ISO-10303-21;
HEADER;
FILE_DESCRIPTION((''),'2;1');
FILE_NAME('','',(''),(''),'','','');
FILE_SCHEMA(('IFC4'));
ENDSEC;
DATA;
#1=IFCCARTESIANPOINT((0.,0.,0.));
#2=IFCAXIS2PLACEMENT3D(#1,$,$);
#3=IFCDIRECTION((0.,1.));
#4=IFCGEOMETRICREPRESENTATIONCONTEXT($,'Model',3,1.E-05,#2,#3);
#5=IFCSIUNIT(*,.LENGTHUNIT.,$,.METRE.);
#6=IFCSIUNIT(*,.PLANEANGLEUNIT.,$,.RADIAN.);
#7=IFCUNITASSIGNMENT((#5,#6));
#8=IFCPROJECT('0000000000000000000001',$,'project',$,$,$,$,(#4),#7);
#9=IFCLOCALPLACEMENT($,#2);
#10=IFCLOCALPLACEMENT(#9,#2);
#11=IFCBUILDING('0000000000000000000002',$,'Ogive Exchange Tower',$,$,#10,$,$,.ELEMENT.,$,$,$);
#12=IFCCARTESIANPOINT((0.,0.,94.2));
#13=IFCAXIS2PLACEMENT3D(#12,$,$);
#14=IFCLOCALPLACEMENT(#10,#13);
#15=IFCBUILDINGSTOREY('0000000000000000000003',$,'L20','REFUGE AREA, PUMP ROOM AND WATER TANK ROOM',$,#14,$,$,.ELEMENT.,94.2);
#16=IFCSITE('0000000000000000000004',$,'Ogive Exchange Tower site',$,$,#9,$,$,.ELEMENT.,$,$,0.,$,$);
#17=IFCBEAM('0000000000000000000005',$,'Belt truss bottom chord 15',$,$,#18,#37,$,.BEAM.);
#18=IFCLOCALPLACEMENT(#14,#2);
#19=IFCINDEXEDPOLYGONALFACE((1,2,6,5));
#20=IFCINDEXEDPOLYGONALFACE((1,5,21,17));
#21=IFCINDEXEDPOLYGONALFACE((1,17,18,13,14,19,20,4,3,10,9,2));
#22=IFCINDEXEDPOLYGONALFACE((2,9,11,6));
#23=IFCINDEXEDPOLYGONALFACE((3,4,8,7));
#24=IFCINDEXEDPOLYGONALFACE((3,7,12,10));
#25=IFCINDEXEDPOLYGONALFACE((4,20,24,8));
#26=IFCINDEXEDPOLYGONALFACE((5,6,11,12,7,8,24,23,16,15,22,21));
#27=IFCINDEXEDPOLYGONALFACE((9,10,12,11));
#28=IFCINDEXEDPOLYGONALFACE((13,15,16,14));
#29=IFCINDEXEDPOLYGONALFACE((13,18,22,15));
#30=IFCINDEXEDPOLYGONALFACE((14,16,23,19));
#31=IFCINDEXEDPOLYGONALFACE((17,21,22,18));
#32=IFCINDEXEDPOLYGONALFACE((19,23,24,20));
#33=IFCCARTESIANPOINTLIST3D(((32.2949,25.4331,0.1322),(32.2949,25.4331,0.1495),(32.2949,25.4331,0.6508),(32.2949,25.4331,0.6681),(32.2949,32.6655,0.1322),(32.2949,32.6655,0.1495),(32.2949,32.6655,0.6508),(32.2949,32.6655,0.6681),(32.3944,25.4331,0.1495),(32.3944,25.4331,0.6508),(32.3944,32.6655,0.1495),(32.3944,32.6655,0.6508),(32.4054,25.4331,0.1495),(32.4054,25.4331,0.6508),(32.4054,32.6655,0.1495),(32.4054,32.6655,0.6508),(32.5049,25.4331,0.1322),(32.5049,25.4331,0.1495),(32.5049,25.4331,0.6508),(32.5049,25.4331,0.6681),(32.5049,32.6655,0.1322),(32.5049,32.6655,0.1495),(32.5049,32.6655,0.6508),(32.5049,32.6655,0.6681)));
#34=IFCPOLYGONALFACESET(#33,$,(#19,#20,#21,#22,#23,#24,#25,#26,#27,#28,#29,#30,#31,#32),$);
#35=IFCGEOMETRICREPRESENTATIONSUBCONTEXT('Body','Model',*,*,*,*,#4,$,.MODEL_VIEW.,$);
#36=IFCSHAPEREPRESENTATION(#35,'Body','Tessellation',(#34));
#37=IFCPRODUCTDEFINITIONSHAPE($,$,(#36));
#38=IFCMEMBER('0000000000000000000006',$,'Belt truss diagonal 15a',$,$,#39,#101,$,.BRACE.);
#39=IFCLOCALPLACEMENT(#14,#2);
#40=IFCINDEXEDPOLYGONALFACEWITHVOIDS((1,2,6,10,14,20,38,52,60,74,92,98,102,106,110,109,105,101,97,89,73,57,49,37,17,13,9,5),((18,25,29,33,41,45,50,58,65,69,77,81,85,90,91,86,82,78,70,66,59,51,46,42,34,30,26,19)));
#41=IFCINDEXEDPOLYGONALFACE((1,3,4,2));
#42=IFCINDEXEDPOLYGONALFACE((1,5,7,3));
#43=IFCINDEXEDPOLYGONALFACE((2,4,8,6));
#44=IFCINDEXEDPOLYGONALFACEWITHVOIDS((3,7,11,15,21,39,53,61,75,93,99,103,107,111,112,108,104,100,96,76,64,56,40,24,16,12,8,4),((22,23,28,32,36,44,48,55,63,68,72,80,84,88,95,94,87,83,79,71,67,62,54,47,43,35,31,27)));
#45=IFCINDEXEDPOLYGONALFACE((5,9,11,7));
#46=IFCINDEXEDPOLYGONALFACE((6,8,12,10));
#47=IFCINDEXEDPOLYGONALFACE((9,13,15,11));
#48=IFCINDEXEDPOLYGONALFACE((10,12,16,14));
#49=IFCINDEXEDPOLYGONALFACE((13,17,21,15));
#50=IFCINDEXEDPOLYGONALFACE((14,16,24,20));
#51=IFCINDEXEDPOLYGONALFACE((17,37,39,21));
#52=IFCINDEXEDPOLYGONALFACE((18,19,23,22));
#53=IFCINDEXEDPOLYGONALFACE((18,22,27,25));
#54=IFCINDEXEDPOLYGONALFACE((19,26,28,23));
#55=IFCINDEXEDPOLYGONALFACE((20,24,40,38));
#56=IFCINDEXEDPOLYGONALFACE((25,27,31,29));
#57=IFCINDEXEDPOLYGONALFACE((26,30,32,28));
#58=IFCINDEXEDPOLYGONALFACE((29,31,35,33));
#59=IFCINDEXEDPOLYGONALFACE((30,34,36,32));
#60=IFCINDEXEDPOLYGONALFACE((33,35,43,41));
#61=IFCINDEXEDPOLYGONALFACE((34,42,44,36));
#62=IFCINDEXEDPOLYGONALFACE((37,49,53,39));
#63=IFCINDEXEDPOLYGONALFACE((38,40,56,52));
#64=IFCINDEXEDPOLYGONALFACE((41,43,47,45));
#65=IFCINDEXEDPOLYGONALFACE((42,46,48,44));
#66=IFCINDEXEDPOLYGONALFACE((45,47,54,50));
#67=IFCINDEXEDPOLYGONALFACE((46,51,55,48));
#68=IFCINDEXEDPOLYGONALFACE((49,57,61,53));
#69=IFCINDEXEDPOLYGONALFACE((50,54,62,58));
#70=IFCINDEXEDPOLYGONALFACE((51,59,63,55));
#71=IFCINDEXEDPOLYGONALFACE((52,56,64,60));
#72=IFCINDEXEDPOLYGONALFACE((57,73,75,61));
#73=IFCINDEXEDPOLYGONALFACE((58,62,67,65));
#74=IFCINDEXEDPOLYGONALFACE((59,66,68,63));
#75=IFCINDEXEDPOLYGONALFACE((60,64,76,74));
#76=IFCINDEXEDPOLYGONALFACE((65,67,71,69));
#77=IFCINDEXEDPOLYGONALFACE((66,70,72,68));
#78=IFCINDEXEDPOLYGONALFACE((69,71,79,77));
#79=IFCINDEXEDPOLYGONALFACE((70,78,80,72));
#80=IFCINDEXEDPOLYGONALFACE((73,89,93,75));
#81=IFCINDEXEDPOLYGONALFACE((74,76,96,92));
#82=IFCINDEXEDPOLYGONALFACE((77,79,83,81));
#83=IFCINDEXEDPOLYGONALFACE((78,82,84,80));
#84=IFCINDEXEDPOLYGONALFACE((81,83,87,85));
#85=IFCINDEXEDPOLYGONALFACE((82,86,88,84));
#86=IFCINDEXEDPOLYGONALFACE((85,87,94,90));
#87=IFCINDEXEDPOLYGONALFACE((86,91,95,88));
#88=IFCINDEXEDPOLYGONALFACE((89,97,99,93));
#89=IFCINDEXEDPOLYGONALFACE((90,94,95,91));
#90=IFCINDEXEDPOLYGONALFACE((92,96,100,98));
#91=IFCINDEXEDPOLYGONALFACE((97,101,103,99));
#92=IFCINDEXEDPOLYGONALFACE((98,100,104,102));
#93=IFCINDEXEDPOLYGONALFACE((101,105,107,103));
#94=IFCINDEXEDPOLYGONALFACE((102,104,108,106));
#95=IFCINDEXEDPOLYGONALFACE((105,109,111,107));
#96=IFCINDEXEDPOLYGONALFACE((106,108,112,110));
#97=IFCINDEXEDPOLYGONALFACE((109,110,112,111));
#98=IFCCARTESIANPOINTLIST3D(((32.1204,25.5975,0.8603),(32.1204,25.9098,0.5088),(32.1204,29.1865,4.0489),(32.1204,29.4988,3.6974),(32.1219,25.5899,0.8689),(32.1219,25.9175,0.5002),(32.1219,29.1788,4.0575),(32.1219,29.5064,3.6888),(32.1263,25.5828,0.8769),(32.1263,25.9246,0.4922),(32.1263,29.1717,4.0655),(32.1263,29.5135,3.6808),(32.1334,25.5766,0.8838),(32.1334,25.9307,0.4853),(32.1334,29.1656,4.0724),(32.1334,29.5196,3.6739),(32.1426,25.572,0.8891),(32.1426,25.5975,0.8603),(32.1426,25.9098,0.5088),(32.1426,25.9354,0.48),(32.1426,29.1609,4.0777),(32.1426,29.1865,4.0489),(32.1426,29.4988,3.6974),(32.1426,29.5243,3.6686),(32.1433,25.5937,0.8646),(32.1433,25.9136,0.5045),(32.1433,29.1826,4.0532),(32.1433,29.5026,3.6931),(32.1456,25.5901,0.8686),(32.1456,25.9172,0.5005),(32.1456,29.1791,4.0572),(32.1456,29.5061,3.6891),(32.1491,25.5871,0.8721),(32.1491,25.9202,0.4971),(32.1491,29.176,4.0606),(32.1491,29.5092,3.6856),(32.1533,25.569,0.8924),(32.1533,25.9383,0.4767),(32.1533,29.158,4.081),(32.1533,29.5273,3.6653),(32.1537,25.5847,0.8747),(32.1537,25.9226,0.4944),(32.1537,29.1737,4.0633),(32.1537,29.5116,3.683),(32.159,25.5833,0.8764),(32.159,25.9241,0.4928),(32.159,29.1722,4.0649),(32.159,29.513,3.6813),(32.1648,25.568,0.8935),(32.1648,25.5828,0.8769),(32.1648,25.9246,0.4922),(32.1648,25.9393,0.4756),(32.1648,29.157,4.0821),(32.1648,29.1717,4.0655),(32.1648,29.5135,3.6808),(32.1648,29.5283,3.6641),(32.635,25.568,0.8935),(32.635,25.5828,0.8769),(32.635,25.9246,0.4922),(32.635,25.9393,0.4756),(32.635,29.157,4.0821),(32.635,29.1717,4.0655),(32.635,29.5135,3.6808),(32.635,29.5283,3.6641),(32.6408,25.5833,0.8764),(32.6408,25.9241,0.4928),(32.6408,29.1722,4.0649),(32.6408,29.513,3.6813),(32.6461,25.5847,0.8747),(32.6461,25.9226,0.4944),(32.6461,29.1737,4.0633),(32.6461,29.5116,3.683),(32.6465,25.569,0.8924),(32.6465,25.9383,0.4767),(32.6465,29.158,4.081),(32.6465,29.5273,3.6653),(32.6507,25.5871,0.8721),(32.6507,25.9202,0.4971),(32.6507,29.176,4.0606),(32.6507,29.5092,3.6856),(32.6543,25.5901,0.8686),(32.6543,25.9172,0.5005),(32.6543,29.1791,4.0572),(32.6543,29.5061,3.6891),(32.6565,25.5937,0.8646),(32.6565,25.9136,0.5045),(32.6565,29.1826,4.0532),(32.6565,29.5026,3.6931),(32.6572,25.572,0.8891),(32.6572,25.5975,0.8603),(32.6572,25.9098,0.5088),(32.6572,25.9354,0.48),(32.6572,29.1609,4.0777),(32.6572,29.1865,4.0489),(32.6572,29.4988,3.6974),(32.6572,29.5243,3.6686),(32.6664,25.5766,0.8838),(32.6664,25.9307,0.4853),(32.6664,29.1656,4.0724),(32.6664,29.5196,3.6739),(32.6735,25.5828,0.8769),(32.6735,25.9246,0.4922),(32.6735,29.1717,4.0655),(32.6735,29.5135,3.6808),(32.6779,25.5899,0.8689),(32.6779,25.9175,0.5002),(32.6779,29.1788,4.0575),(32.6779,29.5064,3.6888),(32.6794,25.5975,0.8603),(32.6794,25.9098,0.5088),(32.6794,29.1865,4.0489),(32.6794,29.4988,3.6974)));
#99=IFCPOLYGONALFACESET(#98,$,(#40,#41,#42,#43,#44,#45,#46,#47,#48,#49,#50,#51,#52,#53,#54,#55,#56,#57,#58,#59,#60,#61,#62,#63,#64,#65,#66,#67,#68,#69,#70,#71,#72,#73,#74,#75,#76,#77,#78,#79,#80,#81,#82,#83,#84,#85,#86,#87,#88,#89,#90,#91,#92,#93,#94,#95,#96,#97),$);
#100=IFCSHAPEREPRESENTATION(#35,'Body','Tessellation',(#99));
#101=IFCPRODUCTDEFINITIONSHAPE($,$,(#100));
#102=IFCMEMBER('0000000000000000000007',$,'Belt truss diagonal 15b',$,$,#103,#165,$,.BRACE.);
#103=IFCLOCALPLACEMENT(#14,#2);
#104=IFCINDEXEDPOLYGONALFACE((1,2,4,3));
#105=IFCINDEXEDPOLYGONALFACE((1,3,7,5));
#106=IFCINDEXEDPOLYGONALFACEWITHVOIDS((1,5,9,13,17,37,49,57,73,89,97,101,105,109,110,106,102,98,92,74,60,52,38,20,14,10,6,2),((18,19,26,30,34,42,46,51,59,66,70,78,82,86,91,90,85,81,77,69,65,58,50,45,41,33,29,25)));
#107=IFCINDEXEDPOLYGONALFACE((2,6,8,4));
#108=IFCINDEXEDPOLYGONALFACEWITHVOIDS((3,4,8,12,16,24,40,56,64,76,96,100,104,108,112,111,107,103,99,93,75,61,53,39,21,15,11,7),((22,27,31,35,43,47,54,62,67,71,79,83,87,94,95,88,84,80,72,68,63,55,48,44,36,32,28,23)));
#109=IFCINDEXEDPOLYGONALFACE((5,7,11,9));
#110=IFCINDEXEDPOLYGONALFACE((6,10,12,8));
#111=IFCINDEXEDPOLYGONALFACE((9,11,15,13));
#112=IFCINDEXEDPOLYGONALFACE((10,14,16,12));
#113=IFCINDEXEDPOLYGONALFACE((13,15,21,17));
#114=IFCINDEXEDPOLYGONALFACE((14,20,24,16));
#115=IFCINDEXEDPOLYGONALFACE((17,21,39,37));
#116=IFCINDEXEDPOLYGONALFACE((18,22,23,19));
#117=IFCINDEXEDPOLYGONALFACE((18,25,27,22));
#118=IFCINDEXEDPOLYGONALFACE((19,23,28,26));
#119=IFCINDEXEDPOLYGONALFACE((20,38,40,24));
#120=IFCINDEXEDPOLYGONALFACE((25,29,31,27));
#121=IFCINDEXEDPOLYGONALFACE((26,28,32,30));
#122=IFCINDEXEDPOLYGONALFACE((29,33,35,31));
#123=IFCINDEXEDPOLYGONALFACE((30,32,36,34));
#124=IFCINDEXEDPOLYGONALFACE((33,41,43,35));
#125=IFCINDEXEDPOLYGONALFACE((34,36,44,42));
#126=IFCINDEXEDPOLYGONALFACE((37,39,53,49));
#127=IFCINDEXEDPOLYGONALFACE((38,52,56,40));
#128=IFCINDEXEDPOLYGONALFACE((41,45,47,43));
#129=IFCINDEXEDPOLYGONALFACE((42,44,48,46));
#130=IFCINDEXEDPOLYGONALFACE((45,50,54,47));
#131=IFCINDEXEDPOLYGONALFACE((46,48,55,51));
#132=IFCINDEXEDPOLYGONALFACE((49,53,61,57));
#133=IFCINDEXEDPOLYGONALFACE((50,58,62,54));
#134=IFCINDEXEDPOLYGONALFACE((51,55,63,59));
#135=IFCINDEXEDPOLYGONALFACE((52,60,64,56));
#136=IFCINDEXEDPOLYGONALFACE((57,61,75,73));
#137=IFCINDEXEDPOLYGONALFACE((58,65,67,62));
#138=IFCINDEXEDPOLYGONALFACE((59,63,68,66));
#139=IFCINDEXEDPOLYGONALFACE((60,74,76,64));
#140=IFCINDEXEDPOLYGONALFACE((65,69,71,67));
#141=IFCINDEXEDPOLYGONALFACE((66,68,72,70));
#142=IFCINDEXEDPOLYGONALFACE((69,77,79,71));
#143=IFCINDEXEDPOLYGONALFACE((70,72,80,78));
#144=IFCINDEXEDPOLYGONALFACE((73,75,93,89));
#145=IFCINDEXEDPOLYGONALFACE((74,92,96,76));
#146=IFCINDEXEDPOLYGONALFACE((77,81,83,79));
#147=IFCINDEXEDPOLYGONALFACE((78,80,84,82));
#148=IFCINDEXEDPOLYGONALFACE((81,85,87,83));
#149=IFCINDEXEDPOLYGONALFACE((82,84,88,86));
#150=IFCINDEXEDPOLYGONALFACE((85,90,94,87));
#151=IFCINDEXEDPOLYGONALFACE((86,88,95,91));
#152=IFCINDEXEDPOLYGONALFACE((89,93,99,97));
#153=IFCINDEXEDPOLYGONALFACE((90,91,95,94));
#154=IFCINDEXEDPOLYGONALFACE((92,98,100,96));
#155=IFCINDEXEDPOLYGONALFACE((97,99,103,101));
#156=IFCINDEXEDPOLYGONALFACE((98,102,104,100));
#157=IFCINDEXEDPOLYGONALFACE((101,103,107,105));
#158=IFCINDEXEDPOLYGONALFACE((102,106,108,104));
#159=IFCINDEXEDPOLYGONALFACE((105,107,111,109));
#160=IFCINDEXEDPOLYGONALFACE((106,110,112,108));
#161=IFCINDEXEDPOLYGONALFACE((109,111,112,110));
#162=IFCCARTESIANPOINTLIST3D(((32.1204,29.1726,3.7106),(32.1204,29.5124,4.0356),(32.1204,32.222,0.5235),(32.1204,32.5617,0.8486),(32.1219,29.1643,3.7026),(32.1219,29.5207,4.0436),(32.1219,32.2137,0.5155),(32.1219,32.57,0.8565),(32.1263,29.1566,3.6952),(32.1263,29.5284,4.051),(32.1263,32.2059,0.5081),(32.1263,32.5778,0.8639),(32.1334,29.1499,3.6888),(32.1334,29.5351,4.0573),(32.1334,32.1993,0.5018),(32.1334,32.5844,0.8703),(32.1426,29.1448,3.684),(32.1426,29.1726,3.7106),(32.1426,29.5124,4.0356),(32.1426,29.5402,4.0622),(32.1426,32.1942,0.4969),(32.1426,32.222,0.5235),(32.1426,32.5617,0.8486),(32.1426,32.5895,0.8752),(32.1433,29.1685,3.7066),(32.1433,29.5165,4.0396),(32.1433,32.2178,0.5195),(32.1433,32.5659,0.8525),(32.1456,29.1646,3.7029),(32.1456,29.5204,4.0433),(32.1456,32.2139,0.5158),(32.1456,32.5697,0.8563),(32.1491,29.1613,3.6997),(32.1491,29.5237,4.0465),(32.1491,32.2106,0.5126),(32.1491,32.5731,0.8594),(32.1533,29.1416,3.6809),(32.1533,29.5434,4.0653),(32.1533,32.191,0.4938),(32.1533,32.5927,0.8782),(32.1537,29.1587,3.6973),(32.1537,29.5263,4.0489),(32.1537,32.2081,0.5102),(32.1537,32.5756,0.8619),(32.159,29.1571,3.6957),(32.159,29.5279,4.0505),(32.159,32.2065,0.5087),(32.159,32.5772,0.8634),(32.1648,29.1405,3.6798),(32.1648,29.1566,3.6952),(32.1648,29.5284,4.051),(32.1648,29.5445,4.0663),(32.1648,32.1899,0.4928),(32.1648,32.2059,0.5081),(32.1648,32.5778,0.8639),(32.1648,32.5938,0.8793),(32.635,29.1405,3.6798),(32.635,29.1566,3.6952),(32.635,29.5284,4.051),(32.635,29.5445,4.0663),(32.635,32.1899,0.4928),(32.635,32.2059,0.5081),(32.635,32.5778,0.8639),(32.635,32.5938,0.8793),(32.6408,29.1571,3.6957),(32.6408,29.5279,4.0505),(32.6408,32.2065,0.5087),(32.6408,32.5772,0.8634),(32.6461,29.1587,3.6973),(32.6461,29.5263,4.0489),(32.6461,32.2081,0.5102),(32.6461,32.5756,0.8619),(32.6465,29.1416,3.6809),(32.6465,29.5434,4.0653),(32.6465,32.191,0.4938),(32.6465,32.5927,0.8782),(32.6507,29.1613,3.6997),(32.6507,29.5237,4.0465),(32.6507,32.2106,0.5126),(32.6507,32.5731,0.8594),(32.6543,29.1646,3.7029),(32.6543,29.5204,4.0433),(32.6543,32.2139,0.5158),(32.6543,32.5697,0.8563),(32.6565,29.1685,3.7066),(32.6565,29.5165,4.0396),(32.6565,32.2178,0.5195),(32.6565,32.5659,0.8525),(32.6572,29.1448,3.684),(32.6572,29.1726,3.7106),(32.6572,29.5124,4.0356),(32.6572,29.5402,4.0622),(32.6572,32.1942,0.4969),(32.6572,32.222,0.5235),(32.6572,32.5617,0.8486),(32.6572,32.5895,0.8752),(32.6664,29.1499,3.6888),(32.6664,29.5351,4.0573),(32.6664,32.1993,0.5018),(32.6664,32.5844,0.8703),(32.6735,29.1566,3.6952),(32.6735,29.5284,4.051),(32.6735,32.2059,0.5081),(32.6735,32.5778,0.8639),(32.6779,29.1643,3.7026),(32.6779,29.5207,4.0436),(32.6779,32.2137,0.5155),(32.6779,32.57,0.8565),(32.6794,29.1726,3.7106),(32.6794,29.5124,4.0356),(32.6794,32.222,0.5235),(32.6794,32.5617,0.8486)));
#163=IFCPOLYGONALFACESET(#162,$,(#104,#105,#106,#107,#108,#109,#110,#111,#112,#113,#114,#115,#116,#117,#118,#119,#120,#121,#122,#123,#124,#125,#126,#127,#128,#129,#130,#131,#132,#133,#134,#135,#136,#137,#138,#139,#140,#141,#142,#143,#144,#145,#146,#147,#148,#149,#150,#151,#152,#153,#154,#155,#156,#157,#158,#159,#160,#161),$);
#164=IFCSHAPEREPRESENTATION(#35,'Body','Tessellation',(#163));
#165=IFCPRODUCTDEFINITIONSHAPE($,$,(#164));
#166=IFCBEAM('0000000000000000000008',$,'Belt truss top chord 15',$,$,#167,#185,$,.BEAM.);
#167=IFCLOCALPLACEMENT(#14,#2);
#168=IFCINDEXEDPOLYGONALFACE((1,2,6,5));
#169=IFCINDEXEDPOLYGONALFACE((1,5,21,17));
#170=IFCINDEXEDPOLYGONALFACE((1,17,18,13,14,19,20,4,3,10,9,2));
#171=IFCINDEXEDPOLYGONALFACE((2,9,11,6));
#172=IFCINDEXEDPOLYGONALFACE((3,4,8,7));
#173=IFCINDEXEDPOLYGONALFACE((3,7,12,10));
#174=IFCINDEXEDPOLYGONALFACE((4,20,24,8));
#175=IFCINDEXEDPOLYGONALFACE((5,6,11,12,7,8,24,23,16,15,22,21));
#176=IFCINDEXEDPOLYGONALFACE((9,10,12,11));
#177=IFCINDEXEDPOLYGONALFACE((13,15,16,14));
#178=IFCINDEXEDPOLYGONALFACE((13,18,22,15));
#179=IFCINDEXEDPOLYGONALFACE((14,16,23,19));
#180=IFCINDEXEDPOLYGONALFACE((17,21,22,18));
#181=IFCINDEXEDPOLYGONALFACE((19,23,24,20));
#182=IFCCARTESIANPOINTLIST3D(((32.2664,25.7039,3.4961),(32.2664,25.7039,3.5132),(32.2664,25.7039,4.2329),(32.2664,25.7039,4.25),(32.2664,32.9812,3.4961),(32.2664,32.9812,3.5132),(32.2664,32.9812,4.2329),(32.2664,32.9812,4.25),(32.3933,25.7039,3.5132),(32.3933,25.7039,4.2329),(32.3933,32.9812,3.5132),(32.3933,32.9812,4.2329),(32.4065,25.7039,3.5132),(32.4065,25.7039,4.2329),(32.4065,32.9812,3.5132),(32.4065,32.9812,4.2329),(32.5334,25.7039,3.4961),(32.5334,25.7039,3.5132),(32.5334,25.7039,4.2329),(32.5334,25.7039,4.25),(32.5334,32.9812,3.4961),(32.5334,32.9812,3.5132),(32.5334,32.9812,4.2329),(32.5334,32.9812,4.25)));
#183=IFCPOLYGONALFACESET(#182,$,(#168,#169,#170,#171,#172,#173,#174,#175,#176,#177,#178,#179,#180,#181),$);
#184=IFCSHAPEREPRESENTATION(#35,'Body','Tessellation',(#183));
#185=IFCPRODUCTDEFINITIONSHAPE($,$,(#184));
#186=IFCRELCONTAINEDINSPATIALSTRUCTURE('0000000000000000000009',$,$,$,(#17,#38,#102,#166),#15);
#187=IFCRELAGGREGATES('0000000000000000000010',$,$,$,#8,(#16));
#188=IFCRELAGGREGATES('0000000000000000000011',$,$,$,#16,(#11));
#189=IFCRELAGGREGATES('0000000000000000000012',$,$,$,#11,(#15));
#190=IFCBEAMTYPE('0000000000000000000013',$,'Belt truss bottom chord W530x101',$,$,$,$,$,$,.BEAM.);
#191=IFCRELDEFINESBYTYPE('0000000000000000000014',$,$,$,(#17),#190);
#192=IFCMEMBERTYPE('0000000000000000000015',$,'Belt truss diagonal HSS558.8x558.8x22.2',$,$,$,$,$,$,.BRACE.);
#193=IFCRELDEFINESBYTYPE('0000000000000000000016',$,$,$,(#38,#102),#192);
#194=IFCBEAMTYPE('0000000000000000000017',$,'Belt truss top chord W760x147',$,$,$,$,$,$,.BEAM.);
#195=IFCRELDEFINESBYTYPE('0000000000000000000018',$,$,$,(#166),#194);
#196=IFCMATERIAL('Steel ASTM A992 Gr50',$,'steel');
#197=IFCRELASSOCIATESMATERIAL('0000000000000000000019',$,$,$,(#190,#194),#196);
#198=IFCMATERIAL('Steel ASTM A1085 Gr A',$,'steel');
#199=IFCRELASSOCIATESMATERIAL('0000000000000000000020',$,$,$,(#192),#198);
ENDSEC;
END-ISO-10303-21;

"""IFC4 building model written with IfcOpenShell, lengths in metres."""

from ifc_helpers import new_model, si_unit, direction, frame, origin, origin_2d, place, context, subcontext, project, spatial, hollow_rectangle, i_section, extrude, material, material_profile, profile_set, type_object, element, save


model = new_model("IFC4")

# Units and contexts
model_context = context("Model", 3, precision=1e-05, world=origin(), true_north=direction((0.0, 1.0)))
body_context = subcontext(model_context, "Body", "Model", "MODEL_VIEW")
ifc_project = project(units=[si_unit("LENGTHUNIT", "METRE"), si_unit("PLANEANGLEUNIT", "RADIAN")], contexts=[model_context])

# Site, building, storey
site_placement = place(None, origin())
site = spatial("IfcSite", under=ifc_project, at=site_placement, Name="Ogive Exchange Tower site", CompositionType="ELEMENT", RefElevation=0.0)
building_placement = place(site_placement, origin())
building = spatial("IfcBuilding", under=site, at=building_placement, Name="Ogive Exchange Tower", CompositionType="ELEMENT")
storey_placement = place(building_placement, frame((0.0, 0.0, 94.2)))
storey = spatial("IfcBuildingStorey", under=building, at=storey_placement, Name="L20", Description="REFUGE AREA, PUMP ROOM AND WATER TANK ROOM", CompositionType="ELEMENT", Elevation=94.2)

# Beam
ifc_material_1 = material(Name="Steel ASTM A992 Gr50", Category="steel")
ifc_material_profile_1 = material_profile(ifc_material_1, i_section(OverallWidth=0.21, OverallDepth=0.5359, WebThickness=0.011, FlangeThickness=0.0173, at=origin_2d()), Name="W530x101")
ifc_profile_set_1 = profile_set([ifc_material_profile_1], Name="Steel ASTM A992 Gr50")
beam_type_1 = type_object("IfcBeamType", Name="Belt truss bottom chord W530x101", PredefinedType="BEAM", material=ifc_profile_set_1)
beam_1_placement = place(storey_placement, frame((32.3999, 25.4331, 0.4001), z_axis=(0.0, 1.0, 0.0), x_axis=(-1.0, 0.0, 0.0)))
element("IfcBeam", 1, at=beam_1_placement, inside=storey, type_object=beam_type_1, Name="Belt truss bottom chord 15", PredefinedType="BEAM", context=body_context, shape_type="SweptSolid", body=[
    extrude(i_section(OverallWidth=0.21, OverallDepth=0.5359, WebThickness=0.011, FlangeThickness=0.0173, at=origin_2d()), origin(), (0.0, 0.0, 1.0), 7.2324),
])

# Members
ifc_material_2 = material(Name="Steel ASTM A1085 Gr A", Category="steel")
ifc_material_profile_2 = material_profile(ifc_material_2, hollow_rectangle(XDim=0.5591, YDim=0.5591, WallThickness=0.0222, InnerFilletRadius=0.0222, OuterFilletRadius=0.0444, at=origin_2d()), Name="HSS558.8x558.8x22.2")
ifc_profile_set_2 = profile_set([ifc_material_profile_2], Name="Steel ASTM A1085 Gr A")
member_type_1 = type_object("IfcMemberType", Name="Belt truss diagonal HSS558.8x558.8x22.2", PredefinedType="BRACE", material=ifc_profile_set_2)
member_1_placement = place(storey_placement, frame((32.3999, 25.7537, 0.6846), z_axis=(0.0, 0.747578, 0.664174), x_axis=(-1.0, 0.0, 0.0)))
element("IfcMember", 2, at=member_1_placement, inside=storey, type_object=member_type_1, Name="Belt truss diagonal 15a", PredefinedType="BRACE", context=body_context, shape_type="SweptSolid", body=[
    extrude(hollow_rectangle(XDim=0.5591, YDim=0.5591, WallThickness=0.0222, InnerFilletRadius=0.0222, OuterFilletRadius=0.0444, at=origin_2d()), origin(), (0.0, 0.0, 1.0), 4.8008),
])
member_2_placement = place(storey_placement, frame((32.3999, 32.3918, 0.686), z_axis=(0.0, -0.691326, 0.722543), x_axis=(1.0, 0.0, 0.0)))
element("IfcMember", 3, at=member_2_placement, inside=storey, type_object=member_type_1, Name="Belt truss diagonal 15b", PredefinedType="BRACE", context=body_context, shape_type="SweptSolid", body=[
    extrude(hollow_rectangle(XDim=0.5591, YDim=0.5591, WallThickness=0.0222, InnerFilletRadius=0.0222, OuterFilletRadius=0.0444, at=origin_2d()), origin(), (0.0, 0.0, 1.0), 4.4109),
])

# Beam
ifc_material_profile_3 = material_profile(ifc_material_1, i_section(OverallWidth=0.2671, OverallDepth=0.7539, WebThickness=0.0132, FlangeThickness=0.0171, at=origin_2d()), Name="W760x147")
ifc_profile_set_3 = profile_set([ifc_material_profile_3], Name="Steel ASTM A992 Gr50")
beam_type_2 = type_object("IfcBeamType", Name="Belt truss top chord W760x147", PredefinedType="BEAM", material=ifc_profile_set_3)
beam_2_placement = place(storey_placement, frame((32.3999, 25.7039, 3.873), z_axis=(0.0, 1.0, 0.0), x_axis=(-1.0, 0.0, 0.0)))
element("IfcBeam", 4, at=beam_2_placement, inside=storey, type_object=beam_type_2, Name="Belt truss top chord 15", PredefinedType="BEAM", context=body_context, shape_type="SweptSolid", body=[
    extrude(i_section(OverallWidth=0.2671, OverallDepth=0.7539, WebThickness=0.0132, FlangeThickness=0.0171, at=origin_2d()), origin(), (0.0, 0.0, 1.0), 7.2773),
])

save(model, "model.ifc")
